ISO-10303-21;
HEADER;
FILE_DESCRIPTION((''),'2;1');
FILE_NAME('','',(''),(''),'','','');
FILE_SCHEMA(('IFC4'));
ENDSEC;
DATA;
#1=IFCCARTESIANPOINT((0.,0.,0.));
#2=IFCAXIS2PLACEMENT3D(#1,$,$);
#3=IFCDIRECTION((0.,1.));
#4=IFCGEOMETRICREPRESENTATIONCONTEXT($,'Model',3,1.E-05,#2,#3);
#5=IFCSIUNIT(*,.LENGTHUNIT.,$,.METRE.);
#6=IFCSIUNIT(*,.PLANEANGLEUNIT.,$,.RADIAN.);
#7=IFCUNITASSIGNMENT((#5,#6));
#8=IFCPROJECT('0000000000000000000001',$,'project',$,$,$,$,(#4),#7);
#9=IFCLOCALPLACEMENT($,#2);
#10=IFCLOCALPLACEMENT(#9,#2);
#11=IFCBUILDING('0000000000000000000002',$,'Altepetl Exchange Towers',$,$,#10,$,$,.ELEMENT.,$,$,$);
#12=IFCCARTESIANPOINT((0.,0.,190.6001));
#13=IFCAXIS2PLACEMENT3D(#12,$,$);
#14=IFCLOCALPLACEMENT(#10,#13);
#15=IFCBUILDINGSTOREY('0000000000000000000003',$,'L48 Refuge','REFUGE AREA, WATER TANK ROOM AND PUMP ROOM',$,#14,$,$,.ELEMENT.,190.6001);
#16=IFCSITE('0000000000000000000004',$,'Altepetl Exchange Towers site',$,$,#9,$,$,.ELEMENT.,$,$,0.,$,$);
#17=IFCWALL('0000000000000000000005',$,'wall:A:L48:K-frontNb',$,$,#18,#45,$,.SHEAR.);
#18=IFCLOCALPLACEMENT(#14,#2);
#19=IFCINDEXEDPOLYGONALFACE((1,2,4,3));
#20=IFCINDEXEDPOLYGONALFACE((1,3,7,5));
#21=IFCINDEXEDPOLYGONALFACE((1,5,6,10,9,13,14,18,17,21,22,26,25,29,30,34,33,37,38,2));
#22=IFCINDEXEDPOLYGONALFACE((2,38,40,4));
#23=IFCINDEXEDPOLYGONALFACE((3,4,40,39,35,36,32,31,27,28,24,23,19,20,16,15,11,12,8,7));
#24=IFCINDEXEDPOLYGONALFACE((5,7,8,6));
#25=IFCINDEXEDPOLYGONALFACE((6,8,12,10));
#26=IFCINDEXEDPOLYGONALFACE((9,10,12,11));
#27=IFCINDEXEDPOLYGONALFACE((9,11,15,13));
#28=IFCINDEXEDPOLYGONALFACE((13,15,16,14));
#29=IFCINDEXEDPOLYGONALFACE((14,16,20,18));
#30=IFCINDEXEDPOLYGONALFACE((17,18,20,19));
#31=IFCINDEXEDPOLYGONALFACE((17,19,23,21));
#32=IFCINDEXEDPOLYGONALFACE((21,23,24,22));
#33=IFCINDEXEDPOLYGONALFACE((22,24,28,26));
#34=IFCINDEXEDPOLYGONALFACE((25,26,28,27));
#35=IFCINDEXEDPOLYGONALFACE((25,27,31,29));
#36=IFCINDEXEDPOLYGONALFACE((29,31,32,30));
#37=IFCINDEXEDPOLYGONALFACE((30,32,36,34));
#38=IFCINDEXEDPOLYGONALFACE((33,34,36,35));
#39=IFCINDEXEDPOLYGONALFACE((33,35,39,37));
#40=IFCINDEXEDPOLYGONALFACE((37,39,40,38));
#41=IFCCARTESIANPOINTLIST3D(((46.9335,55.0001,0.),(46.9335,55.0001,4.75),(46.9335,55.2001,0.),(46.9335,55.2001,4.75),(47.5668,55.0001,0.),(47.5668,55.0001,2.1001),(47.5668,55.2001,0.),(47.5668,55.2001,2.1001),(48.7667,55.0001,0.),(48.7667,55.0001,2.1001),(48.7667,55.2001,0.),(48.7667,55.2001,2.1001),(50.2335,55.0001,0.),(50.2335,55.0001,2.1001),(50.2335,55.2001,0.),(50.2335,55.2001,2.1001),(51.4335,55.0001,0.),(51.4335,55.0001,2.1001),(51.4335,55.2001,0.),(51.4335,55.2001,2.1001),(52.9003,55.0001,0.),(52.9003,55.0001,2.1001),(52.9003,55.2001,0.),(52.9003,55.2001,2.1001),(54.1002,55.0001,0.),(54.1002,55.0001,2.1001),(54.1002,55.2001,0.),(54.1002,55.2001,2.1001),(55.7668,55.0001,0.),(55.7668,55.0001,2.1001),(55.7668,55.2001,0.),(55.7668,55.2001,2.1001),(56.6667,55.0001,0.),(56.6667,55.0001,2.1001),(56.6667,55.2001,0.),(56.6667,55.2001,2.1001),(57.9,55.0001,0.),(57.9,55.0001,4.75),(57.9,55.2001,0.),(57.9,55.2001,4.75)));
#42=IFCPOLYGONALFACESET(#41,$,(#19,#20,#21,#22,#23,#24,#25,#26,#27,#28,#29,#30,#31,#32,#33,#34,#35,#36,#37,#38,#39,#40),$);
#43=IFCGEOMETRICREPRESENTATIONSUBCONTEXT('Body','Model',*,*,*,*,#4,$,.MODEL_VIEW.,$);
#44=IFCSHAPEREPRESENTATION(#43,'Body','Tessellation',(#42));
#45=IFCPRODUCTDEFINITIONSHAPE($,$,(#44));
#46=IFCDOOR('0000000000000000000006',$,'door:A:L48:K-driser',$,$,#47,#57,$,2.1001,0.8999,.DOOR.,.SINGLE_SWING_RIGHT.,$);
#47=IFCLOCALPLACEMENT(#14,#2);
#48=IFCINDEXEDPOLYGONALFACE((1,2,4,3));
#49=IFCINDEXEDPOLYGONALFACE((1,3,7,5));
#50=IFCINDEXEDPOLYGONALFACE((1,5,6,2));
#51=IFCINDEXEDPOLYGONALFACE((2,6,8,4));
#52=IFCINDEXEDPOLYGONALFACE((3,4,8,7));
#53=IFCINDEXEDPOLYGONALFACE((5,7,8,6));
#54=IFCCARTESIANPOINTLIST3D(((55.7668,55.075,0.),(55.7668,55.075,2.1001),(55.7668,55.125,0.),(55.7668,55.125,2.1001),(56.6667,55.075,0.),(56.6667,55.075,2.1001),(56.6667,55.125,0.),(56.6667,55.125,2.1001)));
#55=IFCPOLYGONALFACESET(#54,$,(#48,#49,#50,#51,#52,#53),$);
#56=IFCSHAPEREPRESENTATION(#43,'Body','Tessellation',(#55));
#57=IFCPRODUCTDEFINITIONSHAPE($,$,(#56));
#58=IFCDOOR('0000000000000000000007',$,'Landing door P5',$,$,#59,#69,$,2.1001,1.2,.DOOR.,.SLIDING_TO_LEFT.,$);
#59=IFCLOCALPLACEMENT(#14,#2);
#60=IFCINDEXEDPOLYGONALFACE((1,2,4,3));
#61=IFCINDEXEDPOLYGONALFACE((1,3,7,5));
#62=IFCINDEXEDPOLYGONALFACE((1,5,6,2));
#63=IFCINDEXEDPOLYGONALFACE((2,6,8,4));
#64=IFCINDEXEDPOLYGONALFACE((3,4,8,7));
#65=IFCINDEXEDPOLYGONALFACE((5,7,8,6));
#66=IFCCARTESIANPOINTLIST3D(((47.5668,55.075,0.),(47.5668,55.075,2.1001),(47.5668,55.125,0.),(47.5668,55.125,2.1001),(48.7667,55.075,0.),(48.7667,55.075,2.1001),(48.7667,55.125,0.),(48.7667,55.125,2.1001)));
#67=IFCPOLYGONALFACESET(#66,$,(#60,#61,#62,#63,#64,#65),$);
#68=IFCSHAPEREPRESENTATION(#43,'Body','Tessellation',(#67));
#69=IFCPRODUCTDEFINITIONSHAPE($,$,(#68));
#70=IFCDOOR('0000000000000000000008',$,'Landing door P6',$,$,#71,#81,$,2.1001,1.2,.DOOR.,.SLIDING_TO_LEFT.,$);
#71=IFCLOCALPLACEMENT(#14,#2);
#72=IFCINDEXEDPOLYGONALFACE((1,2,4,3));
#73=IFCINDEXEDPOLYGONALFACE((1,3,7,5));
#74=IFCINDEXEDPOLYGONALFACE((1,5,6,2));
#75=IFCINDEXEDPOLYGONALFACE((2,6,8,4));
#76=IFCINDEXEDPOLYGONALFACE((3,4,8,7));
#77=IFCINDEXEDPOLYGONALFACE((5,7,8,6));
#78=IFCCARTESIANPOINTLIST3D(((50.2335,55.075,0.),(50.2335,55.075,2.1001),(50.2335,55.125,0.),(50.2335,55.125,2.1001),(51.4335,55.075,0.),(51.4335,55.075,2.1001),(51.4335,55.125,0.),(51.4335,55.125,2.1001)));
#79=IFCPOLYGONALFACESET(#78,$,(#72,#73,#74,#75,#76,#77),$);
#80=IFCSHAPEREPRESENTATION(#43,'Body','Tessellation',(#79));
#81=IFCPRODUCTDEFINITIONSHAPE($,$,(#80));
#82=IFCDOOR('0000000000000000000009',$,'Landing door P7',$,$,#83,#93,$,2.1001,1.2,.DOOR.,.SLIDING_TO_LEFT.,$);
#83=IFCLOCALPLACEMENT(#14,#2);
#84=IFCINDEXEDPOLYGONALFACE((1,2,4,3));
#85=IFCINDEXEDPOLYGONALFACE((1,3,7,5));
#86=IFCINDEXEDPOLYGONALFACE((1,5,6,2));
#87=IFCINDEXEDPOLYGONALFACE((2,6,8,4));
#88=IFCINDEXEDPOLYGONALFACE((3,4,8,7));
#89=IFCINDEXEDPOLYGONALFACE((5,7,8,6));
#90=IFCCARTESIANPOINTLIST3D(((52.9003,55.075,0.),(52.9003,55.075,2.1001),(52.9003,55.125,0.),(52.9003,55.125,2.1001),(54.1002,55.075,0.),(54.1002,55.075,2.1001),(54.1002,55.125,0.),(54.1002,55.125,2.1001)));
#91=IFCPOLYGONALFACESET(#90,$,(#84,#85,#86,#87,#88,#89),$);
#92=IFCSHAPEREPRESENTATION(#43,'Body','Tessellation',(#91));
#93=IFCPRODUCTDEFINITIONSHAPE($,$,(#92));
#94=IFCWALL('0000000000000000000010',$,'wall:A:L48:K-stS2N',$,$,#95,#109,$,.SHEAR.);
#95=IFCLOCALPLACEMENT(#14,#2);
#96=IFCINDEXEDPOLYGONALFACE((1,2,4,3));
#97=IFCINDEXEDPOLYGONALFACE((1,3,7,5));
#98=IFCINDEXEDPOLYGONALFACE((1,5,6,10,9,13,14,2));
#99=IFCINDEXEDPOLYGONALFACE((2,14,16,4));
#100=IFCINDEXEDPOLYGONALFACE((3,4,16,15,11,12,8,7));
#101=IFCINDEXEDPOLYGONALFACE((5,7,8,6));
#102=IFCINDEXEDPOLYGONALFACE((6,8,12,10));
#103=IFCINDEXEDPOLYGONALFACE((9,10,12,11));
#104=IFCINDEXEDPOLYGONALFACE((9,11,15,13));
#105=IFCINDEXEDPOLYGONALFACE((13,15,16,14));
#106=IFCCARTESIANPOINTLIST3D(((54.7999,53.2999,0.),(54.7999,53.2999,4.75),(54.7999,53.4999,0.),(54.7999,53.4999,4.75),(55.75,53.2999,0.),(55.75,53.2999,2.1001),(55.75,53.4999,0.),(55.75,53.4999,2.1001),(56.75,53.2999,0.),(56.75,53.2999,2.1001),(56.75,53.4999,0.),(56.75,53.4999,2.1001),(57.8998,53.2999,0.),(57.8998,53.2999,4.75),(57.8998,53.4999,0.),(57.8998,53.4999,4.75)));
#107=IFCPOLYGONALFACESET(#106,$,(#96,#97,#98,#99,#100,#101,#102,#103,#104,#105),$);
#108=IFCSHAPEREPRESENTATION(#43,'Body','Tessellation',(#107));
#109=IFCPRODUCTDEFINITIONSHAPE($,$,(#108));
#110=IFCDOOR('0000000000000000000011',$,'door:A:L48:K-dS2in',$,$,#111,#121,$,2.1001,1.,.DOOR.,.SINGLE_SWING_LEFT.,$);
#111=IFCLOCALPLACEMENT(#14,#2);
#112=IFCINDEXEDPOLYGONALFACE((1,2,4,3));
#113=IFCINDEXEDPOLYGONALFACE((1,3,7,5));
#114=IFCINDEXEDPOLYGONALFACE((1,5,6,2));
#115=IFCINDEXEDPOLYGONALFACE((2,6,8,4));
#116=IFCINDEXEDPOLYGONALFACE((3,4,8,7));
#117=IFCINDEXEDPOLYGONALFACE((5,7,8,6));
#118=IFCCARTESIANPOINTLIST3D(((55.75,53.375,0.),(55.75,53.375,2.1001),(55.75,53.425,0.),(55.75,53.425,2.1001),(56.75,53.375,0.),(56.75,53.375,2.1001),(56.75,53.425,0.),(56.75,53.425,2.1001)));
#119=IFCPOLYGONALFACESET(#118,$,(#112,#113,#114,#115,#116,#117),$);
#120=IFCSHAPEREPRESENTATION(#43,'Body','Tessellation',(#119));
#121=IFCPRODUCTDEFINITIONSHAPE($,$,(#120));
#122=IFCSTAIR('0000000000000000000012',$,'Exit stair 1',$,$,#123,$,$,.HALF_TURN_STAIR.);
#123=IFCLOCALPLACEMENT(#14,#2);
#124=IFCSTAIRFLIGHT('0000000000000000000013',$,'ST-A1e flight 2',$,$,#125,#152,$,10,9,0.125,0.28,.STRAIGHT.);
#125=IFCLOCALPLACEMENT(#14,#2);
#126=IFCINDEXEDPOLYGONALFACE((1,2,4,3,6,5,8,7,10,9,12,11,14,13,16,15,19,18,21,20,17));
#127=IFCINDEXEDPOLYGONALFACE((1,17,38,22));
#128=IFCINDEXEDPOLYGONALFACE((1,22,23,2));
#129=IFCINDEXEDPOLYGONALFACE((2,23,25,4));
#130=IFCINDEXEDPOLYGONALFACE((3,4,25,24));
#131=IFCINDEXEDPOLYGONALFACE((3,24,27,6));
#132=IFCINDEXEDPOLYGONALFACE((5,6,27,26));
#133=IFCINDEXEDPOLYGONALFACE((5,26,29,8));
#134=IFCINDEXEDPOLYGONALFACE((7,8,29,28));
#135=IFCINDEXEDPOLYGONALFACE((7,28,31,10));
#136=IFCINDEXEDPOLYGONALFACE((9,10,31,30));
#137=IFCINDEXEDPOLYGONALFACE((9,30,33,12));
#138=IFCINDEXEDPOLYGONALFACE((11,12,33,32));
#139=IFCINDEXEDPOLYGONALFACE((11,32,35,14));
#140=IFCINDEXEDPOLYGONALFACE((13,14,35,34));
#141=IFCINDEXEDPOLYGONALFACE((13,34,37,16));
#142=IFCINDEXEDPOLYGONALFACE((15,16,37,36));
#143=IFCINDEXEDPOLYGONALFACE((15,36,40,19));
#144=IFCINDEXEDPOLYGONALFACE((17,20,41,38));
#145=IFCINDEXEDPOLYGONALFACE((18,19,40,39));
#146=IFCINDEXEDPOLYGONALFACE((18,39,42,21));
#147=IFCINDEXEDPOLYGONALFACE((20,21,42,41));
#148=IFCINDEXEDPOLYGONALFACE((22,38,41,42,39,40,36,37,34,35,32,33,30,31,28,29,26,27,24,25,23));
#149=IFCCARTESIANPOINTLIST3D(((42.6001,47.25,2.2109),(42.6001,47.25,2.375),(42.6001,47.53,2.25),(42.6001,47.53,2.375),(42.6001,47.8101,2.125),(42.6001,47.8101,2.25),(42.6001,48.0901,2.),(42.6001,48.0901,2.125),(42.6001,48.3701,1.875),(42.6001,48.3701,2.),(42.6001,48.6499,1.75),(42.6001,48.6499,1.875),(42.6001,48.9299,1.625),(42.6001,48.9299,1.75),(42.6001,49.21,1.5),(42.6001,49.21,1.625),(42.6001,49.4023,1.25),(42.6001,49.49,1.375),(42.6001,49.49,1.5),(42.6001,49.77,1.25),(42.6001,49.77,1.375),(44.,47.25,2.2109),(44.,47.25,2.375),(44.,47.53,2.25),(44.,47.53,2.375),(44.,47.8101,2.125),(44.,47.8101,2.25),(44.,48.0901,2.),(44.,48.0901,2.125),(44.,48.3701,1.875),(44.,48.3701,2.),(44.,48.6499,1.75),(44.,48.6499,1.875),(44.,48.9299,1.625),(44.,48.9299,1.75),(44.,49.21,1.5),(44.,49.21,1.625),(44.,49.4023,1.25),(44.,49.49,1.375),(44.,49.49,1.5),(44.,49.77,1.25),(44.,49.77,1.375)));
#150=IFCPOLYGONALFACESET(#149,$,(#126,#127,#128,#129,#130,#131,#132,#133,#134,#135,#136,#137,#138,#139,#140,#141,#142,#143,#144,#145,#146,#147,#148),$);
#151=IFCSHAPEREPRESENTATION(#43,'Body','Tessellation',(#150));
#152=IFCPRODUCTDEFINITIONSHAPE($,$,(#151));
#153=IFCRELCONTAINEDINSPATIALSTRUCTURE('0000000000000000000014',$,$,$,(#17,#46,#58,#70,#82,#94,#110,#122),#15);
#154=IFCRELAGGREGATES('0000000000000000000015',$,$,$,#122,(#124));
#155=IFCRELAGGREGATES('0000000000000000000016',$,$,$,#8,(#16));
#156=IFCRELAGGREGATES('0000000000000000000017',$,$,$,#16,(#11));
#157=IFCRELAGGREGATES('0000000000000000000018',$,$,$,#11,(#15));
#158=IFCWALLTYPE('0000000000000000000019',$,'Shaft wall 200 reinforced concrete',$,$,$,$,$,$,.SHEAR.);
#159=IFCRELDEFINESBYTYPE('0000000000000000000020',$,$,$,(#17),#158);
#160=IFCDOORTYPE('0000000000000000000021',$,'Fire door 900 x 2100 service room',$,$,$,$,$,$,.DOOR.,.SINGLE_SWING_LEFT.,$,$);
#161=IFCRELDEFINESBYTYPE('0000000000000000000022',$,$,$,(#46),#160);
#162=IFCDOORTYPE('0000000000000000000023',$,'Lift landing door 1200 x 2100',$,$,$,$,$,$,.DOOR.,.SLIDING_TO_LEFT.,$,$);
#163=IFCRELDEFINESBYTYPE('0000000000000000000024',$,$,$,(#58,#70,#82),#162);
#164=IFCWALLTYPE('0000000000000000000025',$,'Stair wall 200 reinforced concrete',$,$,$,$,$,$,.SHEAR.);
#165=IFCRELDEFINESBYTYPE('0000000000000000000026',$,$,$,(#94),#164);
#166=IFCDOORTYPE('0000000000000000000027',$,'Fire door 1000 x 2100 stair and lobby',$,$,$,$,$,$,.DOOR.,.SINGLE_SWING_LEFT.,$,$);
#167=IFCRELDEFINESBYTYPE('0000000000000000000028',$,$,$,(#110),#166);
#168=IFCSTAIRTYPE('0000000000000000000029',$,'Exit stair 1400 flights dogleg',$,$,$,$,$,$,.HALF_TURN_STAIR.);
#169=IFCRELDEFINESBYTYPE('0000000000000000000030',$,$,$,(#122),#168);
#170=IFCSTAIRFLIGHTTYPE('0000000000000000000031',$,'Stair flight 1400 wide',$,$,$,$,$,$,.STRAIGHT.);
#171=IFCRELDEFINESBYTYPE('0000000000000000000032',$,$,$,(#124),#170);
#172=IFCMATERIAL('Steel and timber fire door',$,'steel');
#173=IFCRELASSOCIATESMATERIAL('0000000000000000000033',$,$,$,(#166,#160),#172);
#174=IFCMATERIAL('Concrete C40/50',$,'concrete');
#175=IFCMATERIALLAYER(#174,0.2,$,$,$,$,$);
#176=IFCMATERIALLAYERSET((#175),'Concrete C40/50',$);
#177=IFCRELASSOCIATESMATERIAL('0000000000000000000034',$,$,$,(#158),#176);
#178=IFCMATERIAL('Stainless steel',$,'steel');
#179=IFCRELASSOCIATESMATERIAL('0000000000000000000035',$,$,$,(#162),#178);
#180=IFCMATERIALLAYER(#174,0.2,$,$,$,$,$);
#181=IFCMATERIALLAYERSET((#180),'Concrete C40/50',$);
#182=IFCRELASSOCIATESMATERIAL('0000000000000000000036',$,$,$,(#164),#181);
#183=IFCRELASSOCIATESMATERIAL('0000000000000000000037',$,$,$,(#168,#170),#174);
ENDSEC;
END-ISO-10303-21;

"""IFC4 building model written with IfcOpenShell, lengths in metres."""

from ifc_helpers import new_model, si_unit, direction, frame, frame_2d, origin, place, context, subcontext, project, spatial, polyline, rectangle, outline, extrude, material, layer, layer_set, type_object, element, fill, aggregate, save


model = new_model("IFC4")

# Units and contexts
model_context = context("Model", 3, precision=1e-05, world=origin(), true_north=direction((0.0, 1.0)))
body_context = subcontext(model_context, "Body", "Model", "MODEL_VIEW")
ifc_project = project(units=[si_unit("LENGTHUNIT", "METRE"), si_unit("PLANEANGLEUNIT", "RADIAN")], contexts=[model_context])

# Site, building, storey
site_placement = place(None, origin())
site = spatial("IfcSite", under=ifc_project, at=site_placement, Name="Altepetl Exchange Towers site", CompositionType="ELEMENT", RefElevation=0.0)
building_placement = place(site_placement, origin())
building = spatial("IfcBuilding", under=site, at=building_placement, Name="Altepetl Exchange Towers", CompositionType="ELEMENT")
storey_placement = place(building_placement, frame((0.0, 0.0, 190.6001)))
storey = spatial("IfcBuildingStorey", under=building, at=storey_placement, Name="L48 Refuge", Description="REFUGE AREA, WATER TANK ROOM AND PUMP ROOM", CompositionType="ELEMENT", Elevation=190.6001)

# Shared definitions
ifc_material_1 = material(Name="Steel and timber fire door", Category="steel")
door_type_1 = type_object("IfcDoorType", Name="Fire door 1000 x 2100 stair and lobby", OperationType="SINGLE_SWING_LEFT", PredefinedType="DOOR", material=ifc_material_1)

# Shared definitions
door_type_2 = type_object("IfcDoorType", Name="Fire door 900 x 2100 service room", OperationType="SINGLE_SWING_LEFT", PredefinedType="DOOR", material=ifc_material_1)

# Shared definitions
ifc_material_2 = material(Name="Concrete C40/50", Category="concrete")
ifc_layer_1 = layer(ifc_material_2, 0.2)
ifc_layer_set_1 = layer_set([ifc_layer_1], Name="Concrete C40/50")
wall_type_1 = type_object("IfcWallType", Name="Shaft wall 200 reinforced concrete", PredefinedType="SHEAR", material=ifc_layer_set_1)

# Wall, openings, doors
wall_1_placement = place(storey_placement, frame((46.9333, 55.1001, 0.0)))
wall_1 = element("IfcWall", 1, at=wall_1_placement, inside=storey, type_object=wall_type_1, Name="wall:A:L48:K-frontNb", PredefinedType="SHEAR", context=body_context, shape_type="SweptSolid", body=[
    extrude(rectangle(XDim=10.9666, YDim=0.2, at=frame_2d((5.4834, 0.0))), origin(), (0.0, 0.0, 1.0), 4.75),
])
opening_1_placement = place(wall_1_placement, frame((8.8335, 0.0, 0.0)))
opening_1 = element("IfcOpeningElement", 2, at=opening_1_placement, cuts=wall_1, PredefinedType="OPENING", context=body_context, shape_type="SweptSolid", body=[
    extrude(rectangle(XDim=0.8999, YDim=2.1001, at=frame_2d((0.45, 1.05))), frame((0.0, 0.1099, 0.0), z_axis=(0.0, -1.0, 0.0), x_axis=(1.0, 0.0, 0.0)), (0.0, 0.0, 1.0), 0.22),
])
opening_2_placement = place(wall_1_placement, frame((0.6333, 0.0, 0.0)))
opening_2 = element("IfcOpeningElement", 3, at=opening_2_placement, cuts=wall_1, PredefinedType="OPENING", context=body_context, shape_type="SweptSolid", body=[
    extrude(rectangle(XDim=1.2, YDim=2.1001, at=frame_2d((0.6001, 1.05))), frame((0.0, 0.1099, 0.0), z_axis=(0.0, -1.0, 0.0), x_axis=(1.0, 0.0, 0.0)), (0.0, 0.0, 1.0), 0.22),
])
opening_3_placement = place(wall_1_placement, frame((3.3, 0.0, 0.0)))
opening_3 = element("IfcOpeningElement", 4, at=opening_3_placement, cuts=wall_1, PredefinedType="OPENING", context=body_context, shape_type="SweptSolid", body=[
    extrude(rectangle(XDim=1.2, YDim=2.1001, at=frame_2d((0.6001, 1.05))), frame((0.0, 0.1099, 0.0), z_axis=(0.0, -1.0, 0.0), x_axis=(1.0, 0.0, 0.0)), (0.0, 0.0, 1.0), 0.22),
])
opening_4_placement = place(wall_1_placement, frame((5.9668, 0.0, 0.0)))
opening_4 = element("IfcOpeningElement", 5, at=opening_4_placement, cuts=wall_1, PredefinedType="OPENING", context=body_context, shape_type="SweptSolid", body=[
    extrude(rectangle(XDim=1.2, YDim=2.1001, at=frame_2d((0.6001, 1.05))), frame((0.0, 0.1099, 0.0), z_axis=(0.0, -1.0, 0.0), x_axis=(1.0, 0.0, 0.0)), (0.0, 0.0, 1.0), 0.22),
])
door_1_placement = place(opening_1_placement, origin())
door_1 = element("IfcDoor", 6, at=door_1_placement, inside=storey, type_object=door_type_2, Name="door:A:L48:K-driser", OperationType="SINGLE_SWING_RIGHT", OverallHeight=2.1001, OverallWidth=0.8999, PredefinedType="DOOR", context=body_context, shape_type="SweptSolid", body=[
    extrude(rectangle(XDim=0.8999, YDim=2.1001, at=frame_2d((0.45, 1.05))), frame((0.0, 0.0249, 0.0), z_axis=(0.0, -1.0, 0.0), x_axis=(1.0, 0.0, 0.0)), (0.0, 0.0, 1.0), 0.05),
])
fill(opening_1, door_1)
ifc_material_3 = material(Name="Stainless steel", Category="steel")
door_type_3 = type_object("IfcDoorType", Name="Lift landing door 1200 x 2100", OperationType="SLIDING_TO_LEFT", PredefinedType="DOOR", material=ifc_material_3)
door_2_placement = place(opening_2_placement, origin())
door_2 = element("IfcDoor", 7, at=door_2_placement, inside=storey, type_object=door_type_3, Name="Landing door P5", OperationType="SLIDING_TO_LEFT", OverallHeight=2.1001, OverallWidth=1.2, PredefinedType="DOOR", context=body_context, shape_type="SweptSolid", body=[
    extrude(rectangle(XDim=1.2, YDim=2.1001, at=frame_2d((0.6001, 1.05))), frame((0.0, 0.0249, 0.0), z_axis=(0.0, -1.0, 0.0), x_axis=(1.0, 0.0, 0.0)), (0.0, 0.0, 1.0), 0.05),
])
fill(opening_2, door_2)
door_3_placement = place(opening_3_placement, origin())
door_3 = element("IfcDoor", 8, at=door_3_placement, inside=storey, type_object=door_type_3, Name="Landing door P6", OperationType="SLIDING_TO_LEFT", OverallHeight=2.1001, OverallWidth=1.2, PredefinedType="DOOR", context=body_context, shape_type="SweptSolid", body=[
    extrude(rectangle(XDim=1.2, YDim=2.1001, at=frame_2d((0.6001, 1.05))), frame((0.0, 0.0249, 0.0), z_axis=(0.0, -1.0, 0.0), x_axis=(1.0, 0.0, 0.0)), (0.0, 0.0, 1.0), 0.05),
])
fill(opening_3, door_3)
door_4_placement = place(opening_4_placement, origin())
door_4 = element("IfcDoor", 9, at=door_4_placement, inside=storey, type_object=door_type_3, Name="Landing door P7", OperationType="SLIDING_TO_LEFT", OverallHeight=2.1001, OverallWidth=1.2, PredefinedType="DOOR", context=body_context, shape_type="SweptSolid", body=[
    extrude(rectangle(XDim=1.2, YDim=2.1001, at=frame_2d((0.6001, 1.05))), frame((0.0, 0.0249, 0.0), z_axis=(0.0, -1.0, 0.0), x_axis=(1.0, 0.0, 0.0)), (0.0, 0.0, 1.0), 0.05),
])
fill(opening_4, door_4)

# Wall, opening, door
ifc_layer_2 = layer(ifc_material_2, 0.2)
ifc_layer_set_2 = layer_set([ifc_layer_2], Name="Concrete C40/50")
wall_type_2 = type_object("IfcWallType", Name="Stair wall 200 reinforced concrete", PredefinedType="SHEAR", material=ifc_layer_set_2)
wall_2_placement = place(storey_placement, frame((54.8, 53.3999, 0.0)))
wall_2 = element("IfcWall", 10, at=wall_2_placement, inside=storey, type_object=wall_type_2, Name="wall:A:L48:K-stS2N", PredefinedType="SHEAR", context=body_context, shape_type="SweptSolid", body=[
    extrude(rectangle(XDim=3.0999, YDim=0.2, at=frame_2d((1.5498, 0.0))), origin(), (0.0, 0.0, 1.0), 4.75),
])
opening_5_placement = place(wall_2_placement, frame((0.95, 0.0, 0.0)))
opening_5 = element("IfcOpeningElement", 11, at=opening_5_placement, cuts=wall_2, PredefinedType="OPENING", context=body_context, shape_type="SweptSolid", body=[
    extrude(rectangle(XDim=1.0, YDim=2.1001, at=frame_2d((0.5, 1.05))), frame((0.0, 0.1099, 0.0), z_axis=(0.0, -1.0, 0.0), x_axis=(1.0, 0.0, 0.0)), (0.0, 0.0, 1.0), 0.22),
])
door_5_placement = place(opening_5_placement, frame((1.0, 0.0, 0.0), x_axis=(-1.0, 0.0, 0.0)))
door_5 = element("IfcDoor", 12, at=door_5_placement, inside=storey, type_object=door_type_1, Name="door:A:L48:K-dS2in", OperationType="SINGLE_SWING_LEFT", OverallHeight=2.1001, OverallWidth=1.0, PredefinedType="DOOR", context=body_context, shape_type="SweptSolid", body=[
    extrude(rectangle(XDim=1.0, YDim=2.1001, at=frame_2d((0.5, 1.05))), frame((0.0, 0.0249, 0.0), z_axis=(0.0, -1.0, 0.0), x_axis=(1.0, 0.0, 0.0)), (0.0, 0.0, 1.0), 0.05),
])
fill(opening_5, door_5)

# Stair, stair flight
stair_type = type_object("IfcStairType", Name="Exit stair 1400 flights dogleg", PredefinedType="HALF_TURN_STAIR", material=ifc_material_2)
stair_placement = place(storey_placement, origin())
stair = element("IfcStair", 13, at=stair_placement, inside=storey, type_object=stair_type, Name="Exit stair 1", PredefinedType="HALF_TURN_STAIR")
stair_flight_type = type_object("IfcStairFlightType", Name="Stair flight 1400 wide", PredefinedType="STRAIGHT", material=ifc_material_2)
stair_flight_1_placement = place(storey_placement, frame((43.3, 49.77, 1.25), z_axis=(0.0, 0.0, 1.0), x_axis=(0.0, -1.0, 0.0)))
stair_flight_1 = element("IfcStairFlight", 14, at=stair_flight_1_placement, type_object=stair_flight_type, Name="ST-A1e flight 2", NumberOfRisers=10, NumberOfTreads=9, PredefinedType="STRAIGHT", RiserHeight=0.125, TreadLength=0.28, context=body_context, shape_type="SweptSolid", body=[
    extrude(outline(polyline([(0.0, 0.0), (0.0, 0.125), (0.28, 0.125), (0.28, 0.25), (0.5601, 0.25), (0.5601, 0.375), (0.8401, 0.375), (0.8401, 0.5), (1.1201, 0.5), (1.1201, 0.625), (1.3999, 0.625), (1.3999, 0.75), (1.6799, 0.75), (1.6799, 0.875), (1.96, 0.875), (1.96, 1.0), (2.24, 1.0), (2.24, 1.125), (2.52, 1.125), (2.52, 1.25), (2.52, 0.9609), (0.3677, 0.0), (0.0, 0.0)])), frame((0.0, 0.7, 0.0), z_axis=(0.0, -1.0, 0.0), x_axis=(1.0, 0.0, 0.0)), (0.0, 0.0, 1.0), 1.3999),
])
aggregate(stair, [stair_flight_1])

save(model, "model.ifc")
